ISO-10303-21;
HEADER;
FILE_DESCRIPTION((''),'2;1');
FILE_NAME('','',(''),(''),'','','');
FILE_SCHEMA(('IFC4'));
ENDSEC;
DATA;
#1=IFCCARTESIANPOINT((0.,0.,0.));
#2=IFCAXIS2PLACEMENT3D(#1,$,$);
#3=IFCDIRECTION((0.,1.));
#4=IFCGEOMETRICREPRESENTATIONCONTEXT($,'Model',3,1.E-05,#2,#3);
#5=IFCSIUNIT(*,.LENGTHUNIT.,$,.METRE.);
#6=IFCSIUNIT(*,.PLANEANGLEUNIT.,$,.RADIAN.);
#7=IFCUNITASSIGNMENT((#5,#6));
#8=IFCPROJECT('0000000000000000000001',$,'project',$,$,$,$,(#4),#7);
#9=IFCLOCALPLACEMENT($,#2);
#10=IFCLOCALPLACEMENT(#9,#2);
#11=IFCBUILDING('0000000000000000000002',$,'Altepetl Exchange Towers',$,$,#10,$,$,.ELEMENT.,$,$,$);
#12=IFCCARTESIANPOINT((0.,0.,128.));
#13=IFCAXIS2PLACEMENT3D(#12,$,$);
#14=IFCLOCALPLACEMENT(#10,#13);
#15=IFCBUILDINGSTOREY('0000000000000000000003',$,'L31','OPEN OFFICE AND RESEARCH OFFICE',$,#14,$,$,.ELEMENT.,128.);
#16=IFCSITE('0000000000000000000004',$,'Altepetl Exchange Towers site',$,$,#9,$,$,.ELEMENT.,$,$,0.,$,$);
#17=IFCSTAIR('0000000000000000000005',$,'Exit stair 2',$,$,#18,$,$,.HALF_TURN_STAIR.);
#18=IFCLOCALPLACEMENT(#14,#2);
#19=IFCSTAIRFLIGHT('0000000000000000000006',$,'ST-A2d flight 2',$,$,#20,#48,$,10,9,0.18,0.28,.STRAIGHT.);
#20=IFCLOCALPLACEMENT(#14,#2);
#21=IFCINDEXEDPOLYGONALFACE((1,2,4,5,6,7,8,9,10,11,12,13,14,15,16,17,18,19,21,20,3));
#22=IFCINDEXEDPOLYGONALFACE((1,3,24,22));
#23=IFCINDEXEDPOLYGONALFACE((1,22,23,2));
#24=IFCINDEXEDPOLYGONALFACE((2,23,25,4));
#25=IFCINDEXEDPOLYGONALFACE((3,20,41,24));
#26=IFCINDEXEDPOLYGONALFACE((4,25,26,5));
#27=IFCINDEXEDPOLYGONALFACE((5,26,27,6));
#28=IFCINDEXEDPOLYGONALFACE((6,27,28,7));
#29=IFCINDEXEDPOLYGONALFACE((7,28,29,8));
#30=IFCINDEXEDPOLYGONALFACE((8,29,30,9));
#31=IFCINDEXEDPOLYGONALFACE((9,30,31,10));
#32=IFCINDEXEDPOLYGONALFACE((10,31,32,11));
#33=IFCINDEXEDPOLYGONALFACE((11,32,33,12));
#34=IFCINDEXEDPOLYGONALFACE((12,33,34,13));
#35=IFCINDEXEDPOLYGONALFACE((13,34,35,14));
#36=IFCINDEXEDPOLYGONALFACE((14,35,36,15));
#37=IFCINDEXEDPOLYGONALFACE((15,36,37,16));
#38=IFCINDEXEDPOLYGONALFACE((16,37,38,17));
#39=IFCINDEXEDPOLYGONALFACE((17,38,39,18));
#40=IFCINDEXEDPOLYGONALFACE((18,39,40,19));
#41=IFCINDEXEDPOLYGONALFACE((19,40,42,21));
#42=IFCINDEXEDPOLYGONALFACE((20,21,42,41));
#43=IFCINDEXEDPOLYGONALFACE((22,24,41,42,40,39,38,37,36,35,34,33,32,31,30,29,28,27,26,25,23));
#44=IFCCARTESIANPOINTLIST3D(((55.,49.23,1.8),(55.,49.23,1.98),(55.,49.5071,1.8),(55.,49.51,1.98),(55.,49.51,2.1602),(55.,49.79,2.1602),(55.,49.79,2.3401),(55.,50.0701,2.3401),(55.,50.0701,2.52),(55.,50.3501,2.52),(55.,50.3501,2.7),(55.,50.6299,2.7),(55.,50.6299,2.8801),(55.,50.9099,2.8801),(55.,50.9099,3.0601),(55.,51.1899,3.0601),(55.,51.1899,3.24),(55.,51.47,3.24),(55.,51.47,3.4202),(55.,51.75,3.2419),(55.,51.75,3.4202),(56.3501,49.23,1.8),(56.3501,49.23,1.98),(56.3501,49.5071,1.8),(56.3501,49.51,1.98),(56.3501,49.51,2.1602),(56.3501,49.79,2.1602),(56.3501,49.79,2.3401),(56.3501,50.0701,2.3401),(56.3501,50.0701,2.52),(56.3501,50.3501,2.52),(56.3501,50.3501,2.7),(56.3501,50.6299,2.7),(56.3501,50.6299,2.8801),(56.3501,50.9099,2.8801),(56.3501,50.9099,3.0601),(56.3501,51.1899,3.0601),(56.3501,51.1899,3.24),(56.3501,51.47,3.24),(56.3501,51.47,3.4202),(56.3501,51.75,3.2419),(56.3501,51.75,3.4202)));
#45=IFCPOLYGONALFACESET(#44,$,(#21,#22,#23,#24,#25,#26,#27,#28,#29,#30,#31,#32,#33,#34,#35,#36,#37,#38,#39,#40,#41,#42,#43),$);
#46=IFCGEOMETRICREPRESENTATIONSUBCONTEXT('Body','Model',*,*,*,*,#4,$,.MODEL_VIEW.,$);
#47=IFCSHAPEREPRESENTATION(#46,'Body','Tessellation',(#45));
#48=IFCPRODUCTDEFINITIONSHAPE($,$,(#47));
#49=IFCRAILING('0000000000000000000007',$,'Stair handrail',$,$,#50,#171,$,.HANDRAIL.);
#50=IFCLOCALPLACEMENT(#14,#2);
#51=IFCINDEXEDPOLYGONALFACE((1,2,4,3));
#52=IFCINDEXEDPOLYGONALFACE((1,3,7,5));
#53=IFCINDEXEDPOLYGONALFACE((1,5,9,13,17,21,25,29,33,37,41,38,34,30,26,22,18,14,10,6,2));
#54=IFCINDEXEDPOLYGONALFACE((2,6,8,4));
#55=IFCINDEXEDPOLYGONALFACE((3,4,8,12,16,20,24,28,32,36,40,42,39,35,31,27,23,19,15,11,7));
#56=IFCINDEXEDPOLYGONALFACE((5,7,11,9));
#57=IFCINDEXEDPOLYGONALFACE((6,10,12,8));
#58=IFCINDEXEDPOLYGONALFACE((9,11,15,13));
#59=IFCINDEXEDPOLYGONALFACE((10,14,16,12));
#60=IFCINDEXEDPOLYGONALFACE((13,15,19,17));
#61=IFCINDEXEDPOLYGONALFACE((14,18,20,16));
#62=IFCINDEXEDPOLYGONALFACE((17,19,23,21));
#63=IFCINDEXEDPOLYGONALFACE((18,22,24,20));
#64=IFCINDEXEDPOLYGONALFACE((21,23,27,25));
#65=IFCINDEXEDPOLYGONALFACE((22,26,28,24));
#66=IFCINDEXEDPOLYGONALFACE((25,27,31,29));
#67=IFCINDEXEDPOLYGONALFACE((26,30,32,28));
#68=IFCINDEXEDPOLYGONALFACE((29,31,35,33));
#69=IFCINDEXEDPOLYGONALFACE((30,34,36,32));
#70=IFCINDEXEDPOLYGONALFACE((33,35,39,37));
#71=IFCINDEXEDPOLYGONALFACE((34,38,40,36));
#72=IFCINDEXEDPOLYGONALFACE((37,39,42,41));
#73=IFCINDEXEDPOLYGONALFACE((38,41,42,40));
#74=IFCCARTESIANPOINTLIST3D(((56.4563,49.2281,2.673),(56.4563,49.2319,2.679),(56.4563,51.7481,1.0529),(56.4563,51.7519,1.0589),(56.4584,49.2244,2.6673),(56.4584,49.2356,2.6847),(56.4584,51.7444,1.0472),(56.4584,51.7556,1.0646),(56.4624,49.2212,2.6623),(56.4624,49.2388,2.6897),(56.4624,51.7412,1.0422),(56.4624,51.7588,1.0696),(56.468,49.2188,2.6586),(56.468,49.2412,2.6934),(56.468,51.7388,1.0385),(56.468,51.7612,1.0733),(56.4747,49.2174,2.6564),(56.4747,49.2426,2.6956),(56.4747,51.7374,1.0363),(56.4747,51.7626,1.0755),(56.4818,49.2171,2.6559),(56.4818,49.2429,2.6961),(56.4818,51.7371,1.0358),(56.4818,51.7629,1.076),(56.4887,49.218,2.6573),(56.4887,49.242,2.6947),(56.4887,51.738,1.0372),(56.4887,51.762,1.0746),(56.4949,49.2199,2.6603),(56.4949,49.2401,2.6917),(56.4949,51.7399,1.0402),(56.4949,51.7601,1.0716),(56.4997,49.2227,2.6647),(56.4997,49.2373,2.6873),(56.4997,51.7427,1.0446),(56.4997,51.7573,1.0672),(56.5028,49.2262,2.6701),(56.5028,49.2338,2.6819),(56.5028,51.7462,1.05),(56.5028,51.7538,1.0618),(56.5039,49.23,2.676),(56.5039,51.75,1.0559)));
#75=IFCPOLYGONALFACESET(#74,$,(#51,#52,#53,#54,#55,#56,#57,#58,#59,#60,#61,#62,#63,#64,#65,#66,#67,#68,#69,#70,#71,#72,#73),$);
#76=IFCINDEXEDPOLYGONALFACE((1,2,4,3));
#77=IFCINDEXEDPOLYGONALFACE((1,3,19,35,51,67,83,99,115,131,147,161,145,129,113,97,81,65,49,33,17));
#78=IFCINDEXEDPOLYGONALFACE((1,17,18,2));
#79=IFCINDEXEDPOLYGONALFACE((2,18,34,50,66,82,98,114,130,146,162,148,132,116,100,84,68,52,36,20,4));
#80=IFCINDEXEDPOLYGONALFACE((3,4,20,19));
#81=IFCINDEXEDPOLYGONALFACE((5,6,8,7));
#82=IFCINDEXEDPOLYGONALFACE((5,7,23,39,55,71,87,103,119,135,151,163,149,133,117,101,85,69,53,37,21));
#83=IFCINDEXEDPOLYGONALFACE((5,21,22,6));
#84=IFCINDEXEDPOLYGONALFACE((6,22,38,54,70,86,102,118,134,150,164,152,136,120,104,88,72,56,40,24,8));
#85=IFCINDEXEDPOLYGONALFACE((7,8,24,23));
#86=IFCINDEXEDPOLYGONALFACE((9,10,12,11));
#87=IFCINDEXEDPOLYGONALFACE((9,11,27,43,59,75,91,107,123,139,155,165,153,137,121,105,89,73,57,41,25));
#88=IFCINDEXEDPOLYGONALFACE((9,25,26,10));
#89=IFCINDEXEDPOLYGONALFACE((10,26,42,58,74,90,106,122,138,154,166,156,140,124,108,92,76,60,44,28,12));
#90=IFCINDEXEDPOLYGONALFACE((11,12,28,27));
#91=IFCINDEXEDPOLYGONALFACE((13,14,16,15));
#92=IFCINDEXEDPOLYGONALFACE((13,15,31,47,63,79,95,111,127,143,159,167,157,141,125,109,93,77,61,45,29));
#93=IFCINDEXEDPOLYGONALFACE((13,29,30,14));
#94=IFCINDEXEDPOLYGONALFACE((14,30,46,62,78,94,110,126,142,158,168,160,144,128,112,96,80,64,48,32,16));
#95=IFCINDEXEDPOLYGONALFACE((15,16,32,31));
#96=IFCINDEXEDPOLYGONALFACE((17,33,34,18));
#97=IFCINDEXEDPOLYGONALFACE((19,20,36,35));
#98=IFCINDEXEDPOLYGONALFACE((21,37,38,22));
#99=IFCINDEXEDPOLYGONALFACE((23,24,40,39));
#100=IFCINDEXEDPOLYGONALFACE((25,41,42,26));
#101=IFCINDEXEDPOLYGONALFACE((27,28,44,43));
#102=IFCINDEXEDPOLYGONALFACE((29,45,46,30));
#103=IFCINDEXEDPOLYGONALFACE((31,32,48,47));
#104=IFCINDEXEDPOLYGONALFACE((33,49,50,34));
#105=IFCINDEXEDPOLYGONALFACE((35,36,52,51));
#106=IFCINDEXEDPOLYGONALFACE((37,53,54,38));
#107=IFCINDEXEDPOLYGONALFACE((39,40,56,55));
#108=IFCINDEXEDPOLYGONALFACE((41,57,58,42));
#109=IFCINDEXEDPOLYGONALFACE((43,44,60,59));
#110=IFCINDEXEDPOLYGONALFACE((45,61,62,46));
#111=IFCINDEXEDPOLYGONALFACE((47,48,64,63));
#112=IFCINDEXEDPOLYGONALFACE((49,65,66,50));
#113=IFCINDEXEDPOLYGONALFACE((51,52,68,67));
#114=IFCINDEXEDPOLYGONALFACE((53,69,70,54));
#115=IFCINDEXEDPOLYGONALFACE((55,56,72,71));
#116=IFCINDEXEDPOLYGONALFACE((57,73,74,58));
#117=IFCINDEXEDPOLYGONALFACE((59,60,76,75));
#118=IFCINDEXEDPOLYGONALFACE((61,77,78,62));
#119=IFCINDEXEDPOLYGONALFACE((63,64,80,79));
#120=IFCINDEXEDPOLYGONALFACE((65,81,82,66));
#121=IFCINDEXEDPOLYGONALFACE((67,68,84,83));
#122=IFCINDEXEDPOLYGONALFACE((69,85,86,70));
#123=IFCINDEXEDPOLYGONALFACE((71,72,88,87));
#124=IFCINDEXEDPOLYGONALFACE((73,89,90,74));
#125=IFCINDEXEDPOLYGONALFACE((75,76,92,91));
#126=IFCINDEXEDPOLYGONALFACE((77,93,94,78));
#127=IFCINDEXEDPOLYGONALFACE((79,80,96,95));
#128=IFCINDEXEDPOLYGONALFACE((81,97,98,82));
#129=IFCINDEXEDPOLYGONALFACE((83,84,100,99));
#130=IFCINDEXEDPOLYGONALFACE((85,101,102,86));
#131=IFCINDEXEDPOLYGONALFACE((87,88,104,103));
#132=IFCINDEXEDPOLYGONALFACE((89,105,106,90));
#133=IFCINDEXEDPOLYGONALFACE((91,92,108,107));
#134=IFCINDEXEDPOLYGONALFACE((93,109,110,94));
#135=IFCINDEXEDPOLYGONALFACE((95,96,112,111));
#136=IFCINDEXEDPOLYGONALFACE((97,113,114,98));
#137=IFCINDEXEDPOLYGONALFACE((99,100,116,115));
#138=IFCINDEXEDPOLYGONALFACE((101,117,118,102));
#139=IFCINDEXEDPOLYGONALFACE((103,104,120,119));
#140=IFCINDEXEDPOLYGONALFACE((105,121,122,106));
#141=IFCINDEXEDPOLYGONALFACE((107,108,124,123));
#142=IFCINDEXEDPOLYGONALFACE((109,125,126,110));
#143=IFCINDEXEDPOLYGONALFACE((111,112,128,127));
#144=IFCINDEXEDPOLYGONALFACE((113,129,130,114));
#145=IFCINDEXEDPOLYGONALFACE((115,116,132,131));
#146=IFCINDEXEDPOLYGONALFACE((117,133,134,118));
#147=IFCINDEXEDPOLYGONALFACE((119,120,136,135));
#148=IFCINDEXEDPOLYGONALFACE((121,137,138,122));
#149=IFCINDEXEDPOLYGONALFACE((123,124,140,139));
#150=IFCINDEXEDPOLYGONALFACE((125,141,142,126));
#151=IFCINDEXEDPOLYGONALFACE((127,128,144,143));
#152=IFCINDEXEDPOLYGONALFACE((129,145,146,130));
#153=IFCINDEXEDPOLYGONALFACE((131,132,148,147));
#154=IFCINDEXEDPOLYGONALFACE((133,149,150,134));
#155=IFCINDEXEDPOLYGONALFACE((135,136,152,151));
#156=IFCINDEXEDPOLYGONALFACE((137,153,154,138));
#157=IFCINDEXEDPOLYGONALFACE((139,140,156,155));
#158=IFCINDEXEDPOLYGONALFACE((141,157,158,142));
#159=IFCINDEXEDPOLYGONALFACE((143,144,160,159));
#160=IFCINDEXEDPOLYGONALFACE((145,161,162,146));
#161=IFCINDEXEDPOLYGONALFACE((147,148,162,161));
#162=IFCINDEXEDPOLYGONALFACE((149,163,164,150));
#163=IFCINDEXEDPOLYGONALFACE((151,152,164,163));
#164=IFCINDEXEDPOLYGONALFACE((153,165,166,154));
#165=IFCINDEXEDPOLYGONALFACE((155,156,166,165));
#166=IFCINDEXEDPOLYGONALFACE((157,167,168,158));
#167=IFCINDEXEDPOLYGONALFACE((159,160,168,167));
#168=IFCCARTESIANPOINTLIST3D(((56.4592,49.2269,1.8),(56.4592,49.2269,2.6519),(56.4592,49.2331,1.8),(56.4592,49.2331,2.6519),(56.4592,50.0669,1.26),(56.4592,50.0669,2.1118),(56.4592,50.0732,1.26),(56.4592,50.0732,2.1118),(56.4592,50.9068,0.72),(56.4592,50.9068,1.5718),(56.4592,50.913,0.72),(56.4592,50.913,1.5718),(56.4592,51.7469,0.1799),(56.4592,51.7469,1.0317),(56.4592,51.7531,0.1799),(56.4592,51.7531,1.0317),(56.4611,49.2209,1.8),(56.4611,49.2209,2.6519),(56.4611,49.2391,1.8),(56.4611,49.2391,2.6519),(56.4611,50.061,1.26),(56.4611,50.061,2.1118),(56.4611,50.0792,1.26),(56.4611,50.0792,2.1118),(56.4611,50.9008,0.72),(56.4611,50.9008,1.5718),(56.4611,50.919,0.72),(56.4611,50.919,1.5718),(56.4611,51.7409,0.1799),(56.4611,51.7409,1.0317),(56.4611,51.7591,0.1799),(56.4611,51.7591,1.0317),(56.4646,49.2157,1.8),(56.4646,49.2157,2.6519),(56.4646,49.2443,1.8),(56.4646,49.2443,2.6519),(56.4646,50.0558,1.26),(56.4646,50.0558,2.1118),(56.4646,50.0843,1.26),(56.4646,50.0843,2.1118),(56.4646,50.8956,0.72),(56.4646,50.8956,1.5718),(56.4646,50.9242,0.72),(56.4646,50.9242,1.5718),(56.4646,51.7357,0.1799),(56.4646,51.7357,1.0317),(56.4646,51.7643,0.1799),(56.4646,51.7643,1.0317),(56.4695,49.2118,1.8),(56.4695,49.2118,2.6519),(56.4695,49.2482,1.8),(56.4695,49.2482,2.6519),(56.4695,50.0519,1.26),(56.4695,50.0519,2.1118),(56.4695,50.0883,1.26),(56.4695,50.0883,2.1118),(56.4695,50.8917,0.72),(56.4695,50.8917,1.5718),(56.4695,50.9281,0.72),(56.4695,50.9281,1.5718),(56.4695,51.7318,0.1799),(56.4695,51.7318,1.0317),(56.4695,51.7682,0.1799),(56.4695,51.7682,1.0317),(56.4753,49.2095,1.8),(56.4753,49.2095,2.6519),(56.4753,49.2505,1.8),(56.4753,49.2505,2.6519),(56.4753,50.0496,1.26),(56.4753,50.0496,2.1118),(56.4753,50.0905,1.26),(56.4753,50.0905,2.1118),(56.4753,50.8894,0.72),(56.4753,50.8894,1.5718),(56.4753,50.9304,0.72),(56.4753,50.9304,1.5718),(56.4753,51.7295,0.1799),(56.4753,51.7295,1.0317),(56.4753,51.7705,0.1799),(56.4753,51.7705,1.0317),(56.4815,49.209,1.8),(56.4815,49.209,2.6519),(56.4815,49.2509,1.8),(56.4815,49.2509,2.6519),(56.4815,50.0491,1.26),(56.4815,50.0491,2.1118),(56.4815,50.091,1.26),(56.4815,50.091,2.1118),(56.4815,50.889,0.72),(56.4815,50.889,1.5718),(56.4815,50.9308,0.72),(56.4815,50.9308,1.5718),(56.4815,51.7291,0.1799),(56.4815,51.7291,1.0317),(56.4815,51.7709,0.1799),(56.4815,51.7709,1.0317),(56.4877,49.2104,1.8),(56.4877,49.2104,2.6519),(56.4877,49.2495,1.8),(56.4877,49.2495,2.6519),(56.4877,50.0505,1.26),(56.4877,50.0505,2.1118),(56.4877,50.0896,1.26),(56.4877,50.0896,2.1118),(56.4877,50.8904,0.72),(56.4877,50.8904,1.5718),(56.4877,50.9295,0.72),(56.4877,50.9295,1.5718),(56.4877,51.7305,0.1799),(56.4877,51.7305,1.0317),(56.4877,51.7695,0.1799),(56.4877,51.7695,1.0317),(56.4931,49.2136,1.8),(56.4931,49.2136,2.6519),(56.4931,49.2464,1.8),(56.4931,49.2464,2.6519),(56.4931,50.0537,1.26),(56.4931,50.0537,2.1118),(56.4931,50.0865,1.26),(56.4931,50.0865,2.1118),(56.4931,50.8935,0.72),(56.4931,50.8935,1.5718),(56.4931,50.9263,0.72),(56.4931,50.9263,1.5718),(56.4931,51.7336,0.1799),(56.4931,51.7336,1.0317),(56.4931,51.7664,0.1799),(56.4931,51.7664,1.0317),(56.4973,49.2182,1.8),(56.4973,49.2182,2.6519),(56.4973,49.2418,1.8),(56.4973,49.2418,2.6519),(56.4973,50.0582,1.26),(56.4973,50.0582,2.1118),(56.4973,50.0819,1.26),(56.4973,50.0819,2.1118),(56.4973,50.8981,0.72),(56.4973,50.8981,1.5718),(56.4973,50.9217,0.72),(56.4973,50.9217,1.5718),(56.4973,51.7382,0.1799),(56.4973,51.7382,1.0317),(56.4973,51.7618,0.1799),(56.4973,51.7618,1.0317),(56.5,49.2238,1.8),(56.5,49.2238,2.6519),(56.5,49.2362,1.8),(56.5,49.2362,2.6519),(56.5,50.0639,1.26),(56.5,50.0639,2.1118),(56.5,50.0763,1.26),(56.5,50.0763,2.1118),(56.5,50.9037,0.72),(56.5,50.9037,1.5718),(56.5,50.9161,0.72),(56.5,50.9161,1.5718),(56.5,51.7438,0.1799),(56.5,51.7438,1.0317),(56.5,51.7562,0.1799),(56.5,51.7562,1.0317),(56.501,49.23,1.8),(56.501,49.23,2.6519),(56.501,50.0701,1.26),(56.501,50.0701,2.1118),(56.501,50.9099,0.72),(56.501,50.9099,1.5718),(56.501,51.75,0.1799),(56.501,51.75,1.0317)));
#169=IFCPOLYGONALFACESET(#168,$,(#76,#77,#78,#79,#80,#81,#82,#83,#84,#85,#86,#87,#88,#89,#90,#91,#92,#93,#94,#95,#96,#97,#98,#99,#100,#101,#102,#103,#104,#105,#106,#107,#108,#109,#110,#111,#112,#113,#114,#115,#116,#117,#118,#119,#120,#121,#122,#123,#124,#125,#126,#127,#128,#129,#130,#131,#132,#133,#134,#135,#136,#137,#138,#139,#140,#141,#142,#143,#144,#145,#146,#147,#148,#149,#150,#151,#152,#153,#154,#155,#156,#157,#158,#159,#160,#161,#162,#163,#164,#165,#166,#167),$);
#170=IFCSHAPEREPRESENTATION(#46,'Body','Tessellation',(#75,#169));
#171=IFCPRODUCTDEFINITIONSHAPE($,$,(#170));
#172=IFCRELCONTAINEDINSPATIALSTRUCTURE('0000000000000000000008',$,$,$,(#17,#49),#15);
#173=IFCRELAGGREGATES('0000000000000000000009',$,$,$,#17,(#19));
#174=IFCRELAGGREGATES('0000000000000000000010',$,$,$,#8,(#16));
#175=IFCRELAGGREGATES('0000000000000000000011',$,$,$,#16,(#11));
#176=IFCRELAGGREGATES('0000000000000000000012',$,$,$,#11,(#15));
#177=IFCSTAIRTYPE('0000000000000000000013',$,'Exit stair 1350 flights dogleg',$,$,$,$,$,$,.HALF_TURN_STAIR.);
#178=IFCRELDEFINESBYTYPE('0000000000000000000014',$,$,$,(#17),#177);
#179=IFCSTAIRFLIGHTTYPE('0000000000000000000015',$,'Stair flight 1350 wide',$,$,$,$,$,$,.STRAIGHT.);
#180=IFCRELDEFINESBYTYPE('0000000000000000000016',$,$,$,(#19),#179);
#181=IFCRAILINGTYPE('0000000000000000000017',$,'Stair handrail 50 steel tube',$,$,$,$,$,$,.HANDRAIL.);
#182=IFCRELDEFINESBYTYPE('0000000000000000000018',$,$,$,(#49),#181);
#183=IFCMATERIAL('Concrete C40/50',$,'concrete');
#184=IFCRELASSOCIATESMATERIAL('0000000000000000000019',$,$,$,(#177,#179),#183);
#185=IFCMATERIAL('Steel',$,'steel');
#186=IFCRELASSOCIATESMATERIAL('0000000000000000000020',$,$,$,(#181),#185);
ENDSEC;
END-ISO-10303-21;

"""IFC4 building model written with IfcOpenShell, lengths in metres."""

from ifc_helpers import new_model, si_unit, direction, frame, origin, origin_2d, place, context, subcontext, project, spatial, polyline, circle, outline, extrude, source, transform, mapped, material, type_object, element, aggregate, save


model = new_model("IFC4")

# Units and contexts
model_context = context("Model", 3, precision=1e-05, world=origin(), true_north=direction((0.0, 1.0)))
body_context = subcontext(model_context, "Body", "Model", "MODEL_VIEW")
ifc_project = project(units=[si_unit("LENGTHUNIT", "METRE"), si_unit("PLANEANGLEUNIT", "RADIAN")], contexts=[model_context])

# Site, building, storey
site_placement = place(None, origin())
site = spatial("IfcSite", under=ifc_project, at=site_placement, Name="Altepetl Exchange Towers site", CompositionType="ELEMENT", RefElevation=0.0)
building_placement = place(site_placement, origin())
building = spatial("IfcBuilding", under=site, at=building_placement, Name="Altepetl Exchange Towers", CompositionType="ELEMENT")
storey_placement = place(building_placement, frame((0.0, 0.0, 128.0)))
storey = spatial("IfcBuildingStorey", under=building, at=storey_placement, Name="L31", Description="OPEN OFFICE AND RESEARCH OFFICE", CompositionType="ELEMENT", Elevation=128.0)

# Shared definitions
ifc_material_1 = material(Name="Concrete C40/50", Category="concrete")

# Stair, stair flight
stair_type = type_object("IfcStairType", Name="Exit stair 1350 flights dogleg", PredefinedType="HALF_TURN_STAIR", material=ifc_material_1)
stair_placement = place(storey_placement, origin())
stair = element("IfcStair", 1, at=stair_placement, inside=storey, type_object=stair_type, Name="Exit stair 2", PredefinedType="HALF_TURN_STAIR")
stair_flight_type = type_object("IfcStairFlightType", Name="Stair flight 1350 wide", PredefinedType="STRAIGHT", material=ifc_material_1)
stair_flight_1_placement = place(storey_placement, frame((55.675, 49.23, 1.8), z_axis=(0.0, 0.0, 1.0), x_axis=(0.0, 1.0, 0.0)))
stair_flight_1 = element("IfcStairFlight", 2, at=stair_flight_1_placement, type_object=stair_flight_type, Name="ST-A2d flight 2", NumberOfRisers=10, NumberOfTreads=9, PredefinedType="STRAIGHT", RiserHeight=0.18, TreadLength=0.28, context=body_context, shape_type="SweptSolid", body=[
    extrude(outline(polyline([(0.0, 0.0), (0.0, 0.1799), (0.28, 0.1799), (0.28, 0.3601), (0.5601, 0.3601), (0.5601, 0.54), (0.8401, 0.54), (0.8401, 0.72), (1.1201, 0.72), (1.1201, 0.8999), (1.3999, 0.8999), (1.3999, 1.0801), (1.6799, 1.0801), (1.6799, 1.26), (1.96, 1.26), (1.96, 1.4399), (2.24, 1.4399), (2.24, 1.6201), (2.52, 1.6201), (2.52, 1.8), (2.52, 1.4419), (0.2771, 0.0), (0.0, 0.0)])), frame((0.0, 0.675, 0.0), z_axis=(0.0, -1.0, 0.0), x_axis=(1.0, 0.0, 0.0)), (0.0, 0.0, 1.0), 1.3501),
])
aggregate(stair, [stair_flight_1])

# Railing
ifc_material_2 = material(Name="Steel", Category="steel")
railing_type = type_object("IfcRailingType", Name="Stair handrail 50 steel tube", PredefinedType="HANDRAIL", material=ifc_material_2)
shared_shape = source(origin(), body_context, "Body", "SweptSolid", [
    extrude(circle(Radius=0.021, at=origin_2d()), origin(), (0.0, 0.0, 1.0), 0.8518),
])
railing_1_placement = place(storey_placement, frame((56.48, 51.75, 0.1799)))
element("IfcRailing", 3, at=railing_1_placement, inside=storey, type_object=railing_type, Name="Stair handrail", PredefinedType="HANDRAIL", context=body_context, shape_type="SweptSolid", body=[
    extrude(circle(Radius=0.0239, at=origin_2d()), frame((0.0, 0.0, 0.876), z_axis=(0.0, -0.841163, 0.540782), x_axis=(1.0, 0.0, 0.0)), (0.0, 0.0, 1.0), 2.9958),
    mapped(shared_shape, transform((0.0, 0.0, 0.0))),
    mapped(shared_shape, transform((0.0, -0.8401, 0.54))),
    mapped(shared_shape, transform((0.0, -1.6799, 1.0801))),
    mapped(shared_shape, transform((0.0, -2.52, 1.6201))),
])

save(model, "model.ifc")
